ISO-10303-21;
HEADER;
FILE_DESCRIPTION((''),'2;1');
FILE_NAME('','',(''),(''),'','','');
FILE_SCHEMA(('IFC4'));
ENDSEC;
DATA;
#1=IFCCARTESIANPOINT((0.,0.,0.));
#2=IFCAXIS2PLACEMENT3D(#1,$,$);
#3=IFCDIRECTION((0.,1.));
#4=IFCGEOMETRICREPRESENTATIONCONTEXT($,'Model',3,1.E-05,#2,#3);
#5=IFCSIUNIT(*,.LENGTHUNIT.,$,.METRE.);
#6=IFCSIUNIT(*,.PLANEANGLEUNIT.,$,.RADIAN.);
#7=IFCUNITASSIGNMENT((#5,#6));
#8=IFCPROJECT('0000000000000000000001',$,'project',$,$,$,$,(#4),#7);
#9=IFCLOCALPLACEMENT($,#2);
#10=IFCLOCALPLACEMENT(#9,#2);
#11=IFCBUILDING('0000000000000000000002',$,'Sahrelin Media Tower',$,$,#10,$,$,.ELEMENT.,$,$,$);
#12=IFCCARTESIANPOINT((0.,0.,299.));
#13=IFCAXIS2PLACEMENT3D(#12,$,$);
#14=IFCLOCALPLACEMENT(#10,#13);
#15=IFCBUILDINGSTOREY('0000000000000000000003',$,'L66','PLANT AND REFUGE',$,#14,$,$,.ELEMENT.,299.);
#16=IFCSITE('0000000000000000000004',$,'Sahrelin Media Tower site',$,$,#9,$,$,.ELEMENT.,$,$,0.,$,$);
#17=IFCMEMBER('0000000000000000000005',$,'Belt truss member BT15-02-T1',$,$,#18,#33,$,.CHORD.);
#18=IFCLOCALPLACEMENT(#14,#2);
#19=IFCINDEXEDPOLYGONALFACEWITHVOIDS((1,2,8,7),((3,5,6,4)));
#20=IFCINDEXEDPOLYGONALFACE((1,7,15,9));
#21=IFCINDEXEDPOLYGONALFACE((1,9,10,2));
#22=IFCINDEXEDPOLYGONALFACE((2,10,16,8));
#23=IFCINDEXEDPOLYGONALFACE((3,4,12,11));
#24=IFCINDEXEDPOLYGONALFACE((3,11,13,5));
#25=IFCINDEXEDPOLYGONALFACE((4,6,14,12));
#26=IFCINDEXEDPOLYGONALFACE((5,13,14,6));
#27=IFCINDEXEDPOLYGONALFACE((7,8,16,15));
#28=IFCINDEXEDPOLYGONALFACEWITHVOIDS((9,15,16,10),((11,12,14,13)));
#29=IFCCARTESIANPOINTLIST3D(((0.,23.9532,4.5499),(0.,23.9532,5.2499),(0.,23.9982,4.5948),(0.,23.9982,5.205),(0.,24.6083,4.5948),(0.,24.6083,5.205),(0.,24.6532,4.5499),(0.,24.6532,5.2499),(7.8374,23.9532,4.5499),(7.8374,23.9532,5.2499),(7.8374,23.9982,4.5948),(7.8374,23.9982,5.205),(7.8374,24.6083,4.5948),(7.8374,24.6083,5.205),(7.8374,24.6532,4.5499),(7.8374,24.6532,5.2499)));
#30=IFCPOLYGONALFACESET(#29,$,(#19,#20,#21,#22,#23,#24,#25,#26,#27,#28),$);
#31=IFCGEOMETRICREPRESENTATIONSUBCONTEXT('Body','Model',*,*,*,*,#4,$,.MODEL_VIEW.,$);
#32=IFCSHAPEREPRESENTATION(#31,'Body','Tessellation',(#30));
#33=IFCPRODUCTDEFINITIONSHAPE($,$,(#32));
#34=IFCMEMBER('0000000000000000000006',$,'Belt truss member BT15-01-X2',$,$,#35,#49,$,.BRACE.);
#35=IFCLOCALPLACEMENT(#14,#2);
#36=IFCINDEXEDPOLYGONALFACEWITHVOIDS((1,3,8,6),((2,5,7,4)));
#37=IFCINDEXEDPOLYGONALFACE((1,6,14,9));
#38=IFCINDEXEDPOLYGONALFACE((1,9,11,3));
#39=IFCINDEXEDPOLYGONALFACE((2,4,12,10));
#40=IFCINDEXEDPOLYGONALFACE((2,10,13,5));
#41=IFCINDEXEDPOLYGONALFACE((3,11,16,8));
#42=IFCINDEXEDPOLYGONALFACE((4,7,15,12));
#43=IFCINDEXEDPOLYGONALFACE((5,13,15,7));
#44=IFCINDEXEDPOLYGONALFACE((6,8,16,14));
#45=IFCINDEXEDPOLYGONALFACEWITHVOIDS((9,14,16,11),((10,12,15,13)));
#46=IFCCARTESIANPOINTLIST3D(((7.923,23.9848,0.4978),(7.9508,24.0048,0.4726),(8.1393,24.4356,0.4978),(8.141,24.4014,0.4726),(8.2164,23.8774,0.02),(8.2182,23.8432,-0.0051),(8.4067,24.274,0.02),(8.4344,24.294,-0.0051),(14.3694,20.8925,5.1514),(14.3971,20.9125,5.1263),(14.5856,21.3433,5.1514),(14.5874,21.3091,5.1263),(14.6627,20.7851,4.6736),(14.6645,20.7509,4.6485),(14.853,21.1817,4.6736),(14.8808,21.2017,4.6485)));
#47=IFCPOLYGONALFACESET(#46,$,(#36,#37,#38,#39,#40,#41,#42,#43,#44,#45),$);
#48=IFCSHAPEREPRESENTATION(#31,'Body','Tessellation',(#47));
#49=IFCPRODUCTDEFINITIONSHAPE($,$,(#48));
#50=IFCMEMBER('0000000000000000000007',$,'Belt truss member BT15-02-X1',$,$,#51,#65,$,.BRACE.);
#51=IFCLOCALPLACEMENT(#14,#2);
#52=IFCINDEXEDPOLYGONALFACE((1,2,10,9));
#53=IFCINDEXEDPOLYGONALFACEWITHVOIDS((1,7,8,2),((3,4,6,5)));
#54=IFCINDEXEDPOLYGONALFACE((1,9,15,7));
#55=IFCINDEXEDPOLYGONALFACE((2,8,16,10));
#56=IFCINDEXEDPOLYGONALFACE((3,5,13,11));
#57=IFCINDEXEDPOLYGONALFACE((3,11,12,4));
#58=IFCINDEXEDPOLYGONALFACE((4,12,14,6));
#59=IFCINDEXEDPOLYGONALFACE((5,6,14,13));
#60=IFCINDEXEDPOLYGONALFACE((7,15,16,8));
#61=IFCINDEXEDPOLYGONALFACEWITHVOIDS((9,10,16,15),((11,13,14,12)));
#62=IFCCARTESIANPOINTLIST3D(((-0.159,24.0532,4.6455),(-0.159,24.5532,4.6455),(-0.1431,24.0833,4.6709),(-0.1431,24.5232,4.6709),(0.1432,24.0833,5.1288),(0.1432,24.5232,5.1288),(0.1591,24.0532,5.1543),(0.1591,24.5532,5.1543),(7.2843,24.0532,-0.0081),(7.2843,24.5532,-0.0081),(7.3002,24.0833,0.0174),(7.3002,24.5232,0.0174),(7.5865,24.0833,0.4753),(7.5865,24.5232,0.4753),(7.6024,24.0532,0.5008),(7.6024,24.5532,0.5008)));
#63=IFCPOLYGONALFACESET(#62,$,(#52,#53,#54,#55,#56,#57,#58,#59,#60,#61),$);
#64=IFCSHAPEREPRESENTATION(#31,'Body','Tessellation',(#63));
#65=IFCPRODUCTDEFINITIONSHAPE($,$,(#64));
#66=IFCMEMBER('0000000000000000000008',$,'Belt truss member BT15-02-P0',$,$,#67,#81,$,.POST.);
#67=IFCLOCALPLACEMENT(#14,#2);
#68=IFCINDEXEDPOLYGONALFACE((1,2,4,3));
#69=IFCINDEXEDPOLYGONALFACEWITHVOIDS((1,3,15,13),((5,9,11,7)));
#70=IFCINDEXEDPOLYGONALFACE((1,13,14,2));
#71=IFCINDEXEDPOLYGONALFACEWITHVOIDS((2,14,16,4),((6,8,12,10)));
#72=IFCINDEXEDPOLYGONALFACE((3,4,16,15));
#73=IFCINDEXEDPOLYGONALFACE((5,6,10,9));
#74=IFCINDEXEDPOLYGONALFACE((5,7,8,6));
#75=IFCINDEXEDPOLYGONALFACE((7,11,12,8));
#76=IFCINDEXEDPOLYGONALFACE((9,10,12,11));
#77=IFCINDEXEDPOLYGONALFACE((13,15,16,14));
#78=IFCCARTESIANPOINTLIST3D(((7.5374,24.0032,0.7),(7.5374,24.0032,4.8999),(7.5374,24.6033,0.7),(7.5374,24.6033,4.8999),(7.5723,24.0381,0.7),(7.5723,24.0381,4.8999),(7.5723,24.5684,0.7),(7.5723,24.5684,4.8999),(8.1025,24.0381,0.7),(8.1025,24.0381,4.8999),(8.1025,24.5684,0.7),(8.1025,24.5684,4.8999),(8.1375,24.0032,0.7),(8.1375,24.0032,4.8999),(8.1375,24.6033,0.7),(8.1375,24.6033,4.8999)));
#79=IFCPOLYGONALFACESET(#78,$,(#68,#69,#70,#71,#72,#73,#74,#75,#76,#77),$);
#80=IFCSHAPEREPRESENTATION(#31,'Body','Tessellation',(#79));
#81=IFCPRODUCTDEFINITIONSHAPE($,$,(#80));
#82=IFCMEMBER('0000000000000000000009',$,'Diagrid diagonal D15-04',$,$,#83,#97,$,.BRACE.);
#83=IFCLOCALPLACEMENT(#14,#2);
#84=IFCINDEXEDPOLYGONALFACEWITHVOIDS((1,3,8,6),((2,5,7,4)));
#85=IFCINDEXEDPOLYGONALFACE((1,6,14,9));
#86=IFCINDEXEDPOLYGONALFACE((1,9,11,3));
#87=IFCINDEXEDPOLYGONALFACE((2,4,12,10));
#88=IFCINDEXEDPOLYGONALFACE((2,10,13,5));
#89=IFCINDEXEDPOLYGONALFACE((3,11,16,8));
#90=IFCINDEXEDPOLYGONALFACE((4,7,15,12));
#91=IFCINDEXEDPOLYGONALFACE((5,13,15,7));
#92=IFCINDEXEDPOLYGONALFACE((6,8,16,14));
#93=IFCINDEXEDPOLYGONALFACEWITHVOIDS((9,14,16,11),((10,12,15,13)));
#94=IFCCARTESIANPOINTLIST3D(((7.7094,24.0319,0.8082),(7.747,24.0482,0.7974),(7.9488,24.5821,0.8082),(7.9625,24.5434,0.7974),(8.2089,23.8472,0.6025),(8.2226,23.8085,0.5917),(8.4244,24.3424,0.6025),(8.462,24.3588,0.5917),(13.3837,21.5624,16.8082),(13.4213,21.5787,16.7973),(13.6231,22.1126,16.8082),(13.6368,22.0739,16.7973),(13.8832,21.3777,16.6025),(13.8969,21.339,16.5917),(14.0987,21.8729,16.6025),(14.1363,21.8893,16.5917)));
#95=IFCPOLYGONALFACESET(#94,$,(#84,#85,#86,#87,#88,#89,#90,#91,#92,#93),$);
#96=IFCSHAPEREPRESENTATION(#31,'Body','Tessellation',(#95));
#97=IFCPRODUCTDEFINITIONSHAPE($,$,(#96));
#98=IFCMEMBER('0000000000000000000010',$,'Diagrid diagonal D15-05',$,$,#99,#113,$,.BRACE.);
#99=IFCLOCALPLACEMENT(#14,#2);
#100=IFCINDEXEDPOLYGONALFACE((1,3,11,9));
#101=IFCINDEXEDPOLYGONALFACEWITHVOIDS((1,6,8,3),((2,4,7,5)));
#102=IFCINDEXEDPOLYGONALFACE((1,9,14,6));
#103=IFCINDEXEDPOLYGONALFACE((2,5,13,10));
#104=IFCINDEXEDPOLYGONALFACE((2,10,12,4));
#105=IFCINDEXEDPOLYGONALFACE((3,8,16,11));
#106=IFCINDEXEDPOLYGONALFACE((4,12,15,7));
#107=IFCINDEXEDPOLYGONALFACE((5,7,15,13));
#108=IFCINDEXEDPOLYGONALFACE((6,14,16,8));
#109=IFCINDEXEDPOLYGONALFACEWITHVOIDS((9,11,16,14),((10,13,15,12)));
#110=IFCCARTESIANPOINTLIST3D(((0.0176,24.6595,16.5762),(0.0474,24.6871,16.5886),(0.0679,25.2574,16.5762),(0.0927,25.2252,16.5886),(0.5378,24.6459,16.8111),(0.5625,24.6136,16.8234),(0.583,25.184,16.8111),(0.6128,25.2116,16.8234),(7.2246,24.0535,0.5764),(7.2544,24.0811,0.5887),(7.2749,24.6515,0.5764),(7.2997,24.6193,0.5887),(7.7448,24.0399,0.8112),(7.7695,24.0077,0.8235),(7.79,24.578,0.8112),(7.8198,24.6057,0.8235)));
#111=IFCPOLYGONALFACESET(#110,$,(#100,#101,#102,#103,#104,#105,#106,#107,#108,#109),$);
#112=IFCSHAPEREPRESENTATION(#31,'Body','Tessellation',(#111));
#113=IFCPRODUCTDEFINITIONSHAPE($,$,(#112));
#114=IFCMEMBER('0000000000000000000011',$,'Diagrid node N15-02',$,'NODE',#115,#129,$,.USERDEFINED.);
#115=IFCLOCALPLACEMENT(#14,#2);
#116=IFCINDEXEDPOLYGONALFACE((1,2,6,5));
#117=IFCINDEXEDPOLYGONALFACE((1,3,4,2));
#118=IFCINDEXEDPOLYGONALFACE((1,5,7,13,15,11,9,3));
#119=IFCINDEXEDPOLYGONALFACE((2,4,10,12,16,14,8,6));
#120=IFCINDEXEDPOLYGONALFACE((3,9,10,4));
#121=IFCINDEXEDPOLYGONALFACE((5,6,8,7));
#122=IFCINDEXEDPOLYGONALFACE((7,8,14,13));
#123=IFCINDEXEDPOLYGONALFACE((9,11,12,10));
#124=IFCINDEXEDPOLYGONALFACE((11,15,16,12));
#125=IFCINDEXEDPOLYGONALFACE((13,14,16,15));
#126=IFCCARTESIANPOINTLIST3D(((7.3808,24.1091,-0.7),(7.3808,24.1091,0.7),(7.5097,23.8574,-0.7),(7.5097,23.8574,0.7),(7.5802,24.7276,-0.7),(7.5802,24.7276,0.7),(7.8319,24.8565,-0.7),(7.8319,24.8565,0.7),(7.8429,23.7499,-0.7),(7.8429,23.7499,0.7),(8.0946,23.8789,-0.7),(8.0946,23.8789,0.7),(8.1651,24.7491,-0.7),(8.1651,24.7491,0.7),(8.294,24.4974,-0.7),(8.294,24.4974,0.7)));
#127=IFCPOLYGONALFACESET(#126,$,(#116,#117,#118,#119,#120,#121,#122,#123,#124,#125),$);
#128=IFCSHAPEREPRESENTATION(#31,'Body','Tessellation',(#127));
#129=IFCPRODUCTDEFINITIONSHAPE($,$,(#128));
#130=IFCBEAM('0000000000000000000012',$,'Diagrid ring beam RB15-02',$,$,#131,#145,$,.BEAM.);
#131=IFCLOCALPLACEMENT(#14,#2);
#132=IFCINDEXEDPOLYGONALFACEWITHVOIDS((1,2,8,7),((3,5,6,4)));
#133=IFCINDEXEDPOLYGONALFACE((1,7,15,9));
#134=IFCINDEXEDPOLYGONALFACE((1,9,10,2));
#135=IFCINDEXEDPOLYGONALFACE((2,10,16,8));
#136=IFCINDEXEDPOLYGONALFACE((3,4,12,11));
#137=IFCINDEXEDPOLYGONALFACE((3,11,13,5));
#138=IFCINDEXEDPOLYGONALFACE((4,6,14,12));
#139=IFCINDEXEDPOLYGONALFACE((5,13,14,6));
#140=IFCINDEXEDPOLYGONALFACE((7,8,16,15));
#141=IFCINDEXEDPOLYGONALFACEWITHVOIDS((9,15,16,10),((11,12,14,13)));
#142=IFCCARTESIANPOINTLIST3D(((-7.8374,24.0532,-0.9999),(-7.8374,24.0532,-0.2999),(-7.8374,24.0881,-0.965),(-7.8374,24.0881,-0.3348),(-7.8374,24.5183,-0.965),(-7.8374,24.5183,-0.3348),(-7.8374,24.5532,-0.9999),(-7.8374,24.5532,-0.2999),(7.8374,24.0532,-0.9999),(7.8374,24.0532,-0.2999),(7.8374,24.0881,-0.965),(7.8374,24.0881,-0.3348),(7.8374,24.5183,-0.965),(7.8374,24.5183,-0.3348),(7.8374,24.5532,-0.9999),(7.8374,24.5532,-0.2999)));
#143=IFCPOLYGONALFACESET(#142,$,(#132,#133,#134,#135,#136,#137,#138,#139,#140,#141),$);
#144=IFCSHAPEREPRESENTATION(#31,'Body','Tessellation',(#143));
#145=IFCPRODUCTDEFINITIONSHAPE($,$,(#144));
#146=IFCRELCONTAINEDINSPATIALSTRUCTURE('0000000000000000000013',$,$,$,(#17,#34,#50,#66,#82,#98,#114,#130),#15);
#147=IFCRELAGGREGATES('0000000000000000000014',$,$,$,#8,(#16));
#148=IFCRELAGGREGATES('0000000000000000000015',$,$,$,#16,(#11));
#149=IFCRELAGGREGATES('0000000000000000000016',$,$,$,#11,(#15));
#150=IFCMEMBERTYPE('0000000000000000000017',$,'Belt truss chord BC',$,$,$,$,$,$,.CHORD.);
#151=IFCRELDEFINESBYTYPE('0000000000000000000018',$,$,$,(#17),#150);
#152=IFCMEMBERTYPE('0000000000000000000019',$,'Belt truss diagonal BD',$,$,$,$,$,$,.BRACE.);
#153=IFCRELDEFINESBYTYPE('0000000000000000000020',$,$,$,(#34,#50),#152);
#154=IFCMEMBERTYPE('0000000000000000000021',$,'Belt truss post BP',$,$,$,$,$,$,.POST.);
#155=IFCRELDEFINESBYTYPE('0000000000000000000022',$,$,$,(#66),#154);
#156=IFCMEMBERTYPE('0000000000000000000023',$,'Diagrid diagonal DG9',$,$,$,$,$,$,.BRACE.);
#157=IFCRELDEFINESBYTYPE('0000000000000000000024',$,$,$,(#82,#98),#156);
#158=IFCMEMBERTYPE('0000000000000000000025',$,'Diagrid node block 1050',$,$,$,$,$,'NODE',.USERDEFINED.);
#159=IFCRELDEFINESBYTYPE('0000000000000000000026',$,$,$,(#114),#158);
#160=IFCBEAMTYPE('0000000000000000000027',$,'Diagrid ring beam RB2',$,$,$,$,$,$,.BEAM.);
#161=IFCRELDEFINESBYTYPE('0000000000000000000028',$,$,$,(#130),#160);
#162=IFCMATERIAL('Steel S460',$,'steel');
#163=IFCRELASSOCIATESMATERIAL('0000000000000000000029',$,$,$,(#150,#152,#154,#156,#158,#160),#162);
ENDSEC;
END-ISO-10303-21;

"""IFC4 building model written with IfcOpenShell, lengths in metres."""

from ifc_helpers import new_model, si_unit, direction, frame, origin, origin_2d, place, context, subcontext, project, spatial, polyline, hollow_rectangle, outline, extrude, material, material_profile, profile_set, type_object, element, save


model = new_model("IFC4")

# Units and contexts
model_context = context("Model", 3, precision=1e-05, world=origin(), true_north=direction((0.0, 1.0)))
body_context = subcontext(model_context, "Body", "Model", "MODEL_VIEW")
ifc_project = project(units=[si_unit("LENGTHUNIT", "METRE"), si_unit("PLANEANGLEUNIT", "RADIAN")], contexts=[model_context])

# Site, building, storey
site_placement = place(None, origin())
site = spatial("IfcSite", under=ifc_project, at=site_placement, Name="Sahrelin Media Tower site", CompositionType="ELEMENT", RefElevation=0.0)
building_placement = place(site_placement, origin())
building = spatial("IfcBuilding", under=site, at=building_placement, Name="Sahrelin Media Tower", CompositionType="ELEMENT")
storey_placement = place(building_placement, frame((0.0, 0.0, 299.0)))
storey = spatial("IfcBuildingStorey", under=building, at=storey_placement, Name="L66", Description="PLANT AND REFUGE", CompositionType="ELEMENT", Elevation=299.0)

# Members
ifc_material_1 = material(Name="Steel S460", Category="steel")
ifc_material_profile_1 = material_profile(ifc_material_1, hollow_rectangle(XDim=0.7, YDim=0.7, WallThickness=0.0449, at=origin_2d()), Name="Belt truss chord BC")
ifc_profile_set_1 = profile_set([ifc_material_profile_1], Name="Steel S460")
member_type_1 = type_object("IfcMemberType", Name="Belt truss chord BC", PredefinedType="CHORD", material=ifc_profile_set_1)
member_1_placement = place(storey_placement, frame((7.8374, 24.3032, 4.8999), z_axis=(-1.0, 0.0, 0.0), x_axis=(0.0, -1.0, 0.0)))
element("IfcMember", 1, at=member_1_placement, inside=storey, type_object=member_type_1, Name="Belt truss member BT15-02-T1", PredefinedType="CHORD", context=body_context, shape_type="SweptSolid", body=[
    extrude(hollow_rectangle(XDim=0.7, YDim=0.7, WallThickness=0.0449, at=origin_2d()), origin(), (0.0, 0.0, 1.0), 7.8374),
])
ifc_material_profile_2 = material_profile(ifc_material_1, hollow_rectangle(XDim=0.5, YDim=0.6001, WallThickness=0.03, at=origin_2d()), Name="Belt truss diagonal BD")
ifc_profile_set_2 = profile_set([ifc_material_profile_2], Name="Steel S460")
member_type_2 = type_object("IfcMemberType", Name="Belt truss diagonal BD", PredefinedType="BRACE", material=ifc_profile_set_2)
member_2_placement = place(storey_placement, frame((8.1787, 24.1394, 0.2463), z_axis=(0.755659, -0.36249, 0.545509), x_axis=(0.432511, 0.901629, 0.0)))
element("IfcMember", 2, at=member_2_placement, inside=storey, type_object=member_type_2, Name="Belt truss member BT15-01-X2", PredefinedType="BRACE", context=body_context, shape_type="SweptSolid", body=[
    extrude(hollow_rectangle(XDim=0.5, YDim=0.6001, WallThickness=0.03, at=origin_2d()), origin(), (0.0, 0.0, 1.0), 8.5308),
])
member_3_placement = place(storey_placement, frame((7.4434, 24.3032, 0.2463), z_axis=(-0.847923, 0.0, 0.530119), x_axis=(0.0, -1.0, 0.0)))
element("IfcMember", 3, at=member_3_placement, inside=storey, type_object=member_type_2, Name="Belt truss member BT15-02-X1", PredefinedType="BRACE", context=body_context, shape_type="SweptSolid", body=[
    extrude(hollow_rectangle(XDim=0.5, YDim=0.6001, WallThickness=0.03, at=origin_2d()), origin(), (0.0, 0.0, 1.0), 8.7783),
])
ifc_material_profile_3 = material_profile(ifc_material_1, hollow_rectangle(XDim=0.6001, YDim=0.6001, WallThickness=0.0349, at=origin_2d()), Name="Belt truss post BP")
ifc_profile_set_3 = profile_set([ifc_material_profile_3], Name="Steel S460")
member_type_3 = type_object("IfcMemberType", Name="Belt truss post BP", PredefinedType="POST", material=ifc_profile_set_3)
member_4_placement = place(storey_placement, frame((7.8374, 24.3032, 0.7), z_axis=(0.0, 0.0, 1.0), x_axis=(1.0, 0.0, 0.0)))
element("IfcMember", 4, at=member_4_placement, inside=storey, type_object=member_type_3, Name="Belt truss member BT15-02-P0", PredefinedType="POST", context=body_context, shape_type="SweptSolid", body=[
    extrude(hollow_rectangle(XDim=0.6001, YDim=0.6001, WallThickness=0.0349, at=origin_2d()), origin(), (0.0, 0.0, 1.0), 4.2),
])
ifc_material_profile_4 = material_profile(ifc_material_1, hollow_rectangle(XDim=0.6001, YDim=0.6001, WallThickness=0.03, at=origin_2d()), Name="Diagrid diagonal DG9")
ifc_profile_set_4 = profile_set([ifc_material_profile_4], Name="Steel S460")
member_type_4 = type_object("IfcMemberType", Name="Diagrid diagonal DG9", PredefinedType="BRACE", material=ifc_profile_set_4)
member_5_placement = place(storey_placement, frame((8.0857, 24.1953, 0.7), z_axis=(0.330766, -0.143951, 0.932669), x_axis=(0.399051, 0.916929, 0.0)))
element("IfcMember", 5, at=member_5_placement, inside=storey, type_object=member_type_4, Name="Diagrid diagonal D15-04", PredefinedType="BRACE", context=body_context, shape_type="SweptSolid", body=[
    extrude(hollow_rectangle(XDim=0.6001, YDim=0.6001, WallThickness=0.03, at=origin_2d()), origin(), (0.0, 0.0, 1.0), 17.155),
])
member_6_placement = place(storey_placement, frame((7.5222, 24.3296, 0.7), z_axis=(-0.410453, 0.03451, 0.911228), x_axis=(-0.083783, -0.996484, 0.0)))
element("IfcMember", 6, at=member_6_placement, inside=storey, type_object=member_type_4, Name="Diagrid diagonal D15-05", PredefinedType="BRACE", context=body_context, shape_type="SweptSolid", body=[
    extrude(hollow_rectangle(XDim=0.6001, YDim=0.6001, WallThickness=0.03, at=origin_2d()), origin(), (0.0, 0.0, 1.0), 17.5586),
])
ifc_material_profile_5 = material_profile(ifc_material_1, outline(polyline([(0.325, -0.375), (0.5249, -0.175), (0.5249, 0.175), (0.325, 0.375), (-0.325, 0.375), (-0.5249, 0.175), (-0.5249, -0.175), (-0.325, -0.375), (0.325, -0.375)])), Name="Diagrid node block 1050")
ifc_profile_set_5 = profile_set([ifc_material_profile_5], Name="Steel S460")
member_type_5 = type_object("IfcMemberType", Name="Diagrid node block 1050", ElementType="NODE", PredefinedType="USERDEFINED", material=ifc_profile_set_5)
member_7_placement = place(storey_placement, frame((7.8374, 24.3032, -0.7), z_axis=(0.0, 0.0, 1.0), x_axis=(0.30692, 0.951735, 0.0)))
element("IfcMember", 7, at=member_7_placement, inside=storey, type_object=member_type_5, Name="Diagrid node N15-02", ObjectType="NODE", PredefinedType="USERDEFINED", context=body_context, shape_type="SweptSolid", body=[
    extrude(outline(polyline([(0.325, -0.375), (0.5249, -0.175), (0.5249, 0.175), (0.325, 0.375), (-0.325, 0.375), (-0.5249, 0.175), (-0.5249, -0.175), (-0.325, -0.375), (0.325, -0.375)])), origin(), (0.0, 0.0, 1.0), 1.3999),
])

# Beam
ifc_material_profile_6 = material_profile(ifc_material_1, hollow_rectangle(XDim=0.5, YDim=0.7, WallThickness=0.0349, at=origin_2d()), Name="Diagrid ring beam RB2")
ifc_profile_set_6 = profile_set([ifc_material_profile_6], Name="Steel S460")
beam_type_1 = type_object("IfcBeamType", Name="Diagrid ring beam RB2", PredefinedType="BEAM", material=ifc_profile_set_6)
beam_1_placement = place(storey_placement, frame((7.8374, 24.3032, -0.6499), z_axis=(-1.0, 0.0, 0.0), x_axis=(0.0, -1.0, 0.0)))
element("IfcBeam", 8, at=beam_1_placement, inside=storey, type_object=beam_type_1, Name="Diagrid ring beam RB15-02", PredefinedType="BEAM", context=body_context, shape_type="SweptSolid", body=[
    extrude(hollow_rectangle(XDim=0.5, YDim=0.7, WallThickness=0.0349, at=origin_2d()), origin(), (0.0, 0.0, 1.0), 15.6748),
])

save(model, "model.ifc")
